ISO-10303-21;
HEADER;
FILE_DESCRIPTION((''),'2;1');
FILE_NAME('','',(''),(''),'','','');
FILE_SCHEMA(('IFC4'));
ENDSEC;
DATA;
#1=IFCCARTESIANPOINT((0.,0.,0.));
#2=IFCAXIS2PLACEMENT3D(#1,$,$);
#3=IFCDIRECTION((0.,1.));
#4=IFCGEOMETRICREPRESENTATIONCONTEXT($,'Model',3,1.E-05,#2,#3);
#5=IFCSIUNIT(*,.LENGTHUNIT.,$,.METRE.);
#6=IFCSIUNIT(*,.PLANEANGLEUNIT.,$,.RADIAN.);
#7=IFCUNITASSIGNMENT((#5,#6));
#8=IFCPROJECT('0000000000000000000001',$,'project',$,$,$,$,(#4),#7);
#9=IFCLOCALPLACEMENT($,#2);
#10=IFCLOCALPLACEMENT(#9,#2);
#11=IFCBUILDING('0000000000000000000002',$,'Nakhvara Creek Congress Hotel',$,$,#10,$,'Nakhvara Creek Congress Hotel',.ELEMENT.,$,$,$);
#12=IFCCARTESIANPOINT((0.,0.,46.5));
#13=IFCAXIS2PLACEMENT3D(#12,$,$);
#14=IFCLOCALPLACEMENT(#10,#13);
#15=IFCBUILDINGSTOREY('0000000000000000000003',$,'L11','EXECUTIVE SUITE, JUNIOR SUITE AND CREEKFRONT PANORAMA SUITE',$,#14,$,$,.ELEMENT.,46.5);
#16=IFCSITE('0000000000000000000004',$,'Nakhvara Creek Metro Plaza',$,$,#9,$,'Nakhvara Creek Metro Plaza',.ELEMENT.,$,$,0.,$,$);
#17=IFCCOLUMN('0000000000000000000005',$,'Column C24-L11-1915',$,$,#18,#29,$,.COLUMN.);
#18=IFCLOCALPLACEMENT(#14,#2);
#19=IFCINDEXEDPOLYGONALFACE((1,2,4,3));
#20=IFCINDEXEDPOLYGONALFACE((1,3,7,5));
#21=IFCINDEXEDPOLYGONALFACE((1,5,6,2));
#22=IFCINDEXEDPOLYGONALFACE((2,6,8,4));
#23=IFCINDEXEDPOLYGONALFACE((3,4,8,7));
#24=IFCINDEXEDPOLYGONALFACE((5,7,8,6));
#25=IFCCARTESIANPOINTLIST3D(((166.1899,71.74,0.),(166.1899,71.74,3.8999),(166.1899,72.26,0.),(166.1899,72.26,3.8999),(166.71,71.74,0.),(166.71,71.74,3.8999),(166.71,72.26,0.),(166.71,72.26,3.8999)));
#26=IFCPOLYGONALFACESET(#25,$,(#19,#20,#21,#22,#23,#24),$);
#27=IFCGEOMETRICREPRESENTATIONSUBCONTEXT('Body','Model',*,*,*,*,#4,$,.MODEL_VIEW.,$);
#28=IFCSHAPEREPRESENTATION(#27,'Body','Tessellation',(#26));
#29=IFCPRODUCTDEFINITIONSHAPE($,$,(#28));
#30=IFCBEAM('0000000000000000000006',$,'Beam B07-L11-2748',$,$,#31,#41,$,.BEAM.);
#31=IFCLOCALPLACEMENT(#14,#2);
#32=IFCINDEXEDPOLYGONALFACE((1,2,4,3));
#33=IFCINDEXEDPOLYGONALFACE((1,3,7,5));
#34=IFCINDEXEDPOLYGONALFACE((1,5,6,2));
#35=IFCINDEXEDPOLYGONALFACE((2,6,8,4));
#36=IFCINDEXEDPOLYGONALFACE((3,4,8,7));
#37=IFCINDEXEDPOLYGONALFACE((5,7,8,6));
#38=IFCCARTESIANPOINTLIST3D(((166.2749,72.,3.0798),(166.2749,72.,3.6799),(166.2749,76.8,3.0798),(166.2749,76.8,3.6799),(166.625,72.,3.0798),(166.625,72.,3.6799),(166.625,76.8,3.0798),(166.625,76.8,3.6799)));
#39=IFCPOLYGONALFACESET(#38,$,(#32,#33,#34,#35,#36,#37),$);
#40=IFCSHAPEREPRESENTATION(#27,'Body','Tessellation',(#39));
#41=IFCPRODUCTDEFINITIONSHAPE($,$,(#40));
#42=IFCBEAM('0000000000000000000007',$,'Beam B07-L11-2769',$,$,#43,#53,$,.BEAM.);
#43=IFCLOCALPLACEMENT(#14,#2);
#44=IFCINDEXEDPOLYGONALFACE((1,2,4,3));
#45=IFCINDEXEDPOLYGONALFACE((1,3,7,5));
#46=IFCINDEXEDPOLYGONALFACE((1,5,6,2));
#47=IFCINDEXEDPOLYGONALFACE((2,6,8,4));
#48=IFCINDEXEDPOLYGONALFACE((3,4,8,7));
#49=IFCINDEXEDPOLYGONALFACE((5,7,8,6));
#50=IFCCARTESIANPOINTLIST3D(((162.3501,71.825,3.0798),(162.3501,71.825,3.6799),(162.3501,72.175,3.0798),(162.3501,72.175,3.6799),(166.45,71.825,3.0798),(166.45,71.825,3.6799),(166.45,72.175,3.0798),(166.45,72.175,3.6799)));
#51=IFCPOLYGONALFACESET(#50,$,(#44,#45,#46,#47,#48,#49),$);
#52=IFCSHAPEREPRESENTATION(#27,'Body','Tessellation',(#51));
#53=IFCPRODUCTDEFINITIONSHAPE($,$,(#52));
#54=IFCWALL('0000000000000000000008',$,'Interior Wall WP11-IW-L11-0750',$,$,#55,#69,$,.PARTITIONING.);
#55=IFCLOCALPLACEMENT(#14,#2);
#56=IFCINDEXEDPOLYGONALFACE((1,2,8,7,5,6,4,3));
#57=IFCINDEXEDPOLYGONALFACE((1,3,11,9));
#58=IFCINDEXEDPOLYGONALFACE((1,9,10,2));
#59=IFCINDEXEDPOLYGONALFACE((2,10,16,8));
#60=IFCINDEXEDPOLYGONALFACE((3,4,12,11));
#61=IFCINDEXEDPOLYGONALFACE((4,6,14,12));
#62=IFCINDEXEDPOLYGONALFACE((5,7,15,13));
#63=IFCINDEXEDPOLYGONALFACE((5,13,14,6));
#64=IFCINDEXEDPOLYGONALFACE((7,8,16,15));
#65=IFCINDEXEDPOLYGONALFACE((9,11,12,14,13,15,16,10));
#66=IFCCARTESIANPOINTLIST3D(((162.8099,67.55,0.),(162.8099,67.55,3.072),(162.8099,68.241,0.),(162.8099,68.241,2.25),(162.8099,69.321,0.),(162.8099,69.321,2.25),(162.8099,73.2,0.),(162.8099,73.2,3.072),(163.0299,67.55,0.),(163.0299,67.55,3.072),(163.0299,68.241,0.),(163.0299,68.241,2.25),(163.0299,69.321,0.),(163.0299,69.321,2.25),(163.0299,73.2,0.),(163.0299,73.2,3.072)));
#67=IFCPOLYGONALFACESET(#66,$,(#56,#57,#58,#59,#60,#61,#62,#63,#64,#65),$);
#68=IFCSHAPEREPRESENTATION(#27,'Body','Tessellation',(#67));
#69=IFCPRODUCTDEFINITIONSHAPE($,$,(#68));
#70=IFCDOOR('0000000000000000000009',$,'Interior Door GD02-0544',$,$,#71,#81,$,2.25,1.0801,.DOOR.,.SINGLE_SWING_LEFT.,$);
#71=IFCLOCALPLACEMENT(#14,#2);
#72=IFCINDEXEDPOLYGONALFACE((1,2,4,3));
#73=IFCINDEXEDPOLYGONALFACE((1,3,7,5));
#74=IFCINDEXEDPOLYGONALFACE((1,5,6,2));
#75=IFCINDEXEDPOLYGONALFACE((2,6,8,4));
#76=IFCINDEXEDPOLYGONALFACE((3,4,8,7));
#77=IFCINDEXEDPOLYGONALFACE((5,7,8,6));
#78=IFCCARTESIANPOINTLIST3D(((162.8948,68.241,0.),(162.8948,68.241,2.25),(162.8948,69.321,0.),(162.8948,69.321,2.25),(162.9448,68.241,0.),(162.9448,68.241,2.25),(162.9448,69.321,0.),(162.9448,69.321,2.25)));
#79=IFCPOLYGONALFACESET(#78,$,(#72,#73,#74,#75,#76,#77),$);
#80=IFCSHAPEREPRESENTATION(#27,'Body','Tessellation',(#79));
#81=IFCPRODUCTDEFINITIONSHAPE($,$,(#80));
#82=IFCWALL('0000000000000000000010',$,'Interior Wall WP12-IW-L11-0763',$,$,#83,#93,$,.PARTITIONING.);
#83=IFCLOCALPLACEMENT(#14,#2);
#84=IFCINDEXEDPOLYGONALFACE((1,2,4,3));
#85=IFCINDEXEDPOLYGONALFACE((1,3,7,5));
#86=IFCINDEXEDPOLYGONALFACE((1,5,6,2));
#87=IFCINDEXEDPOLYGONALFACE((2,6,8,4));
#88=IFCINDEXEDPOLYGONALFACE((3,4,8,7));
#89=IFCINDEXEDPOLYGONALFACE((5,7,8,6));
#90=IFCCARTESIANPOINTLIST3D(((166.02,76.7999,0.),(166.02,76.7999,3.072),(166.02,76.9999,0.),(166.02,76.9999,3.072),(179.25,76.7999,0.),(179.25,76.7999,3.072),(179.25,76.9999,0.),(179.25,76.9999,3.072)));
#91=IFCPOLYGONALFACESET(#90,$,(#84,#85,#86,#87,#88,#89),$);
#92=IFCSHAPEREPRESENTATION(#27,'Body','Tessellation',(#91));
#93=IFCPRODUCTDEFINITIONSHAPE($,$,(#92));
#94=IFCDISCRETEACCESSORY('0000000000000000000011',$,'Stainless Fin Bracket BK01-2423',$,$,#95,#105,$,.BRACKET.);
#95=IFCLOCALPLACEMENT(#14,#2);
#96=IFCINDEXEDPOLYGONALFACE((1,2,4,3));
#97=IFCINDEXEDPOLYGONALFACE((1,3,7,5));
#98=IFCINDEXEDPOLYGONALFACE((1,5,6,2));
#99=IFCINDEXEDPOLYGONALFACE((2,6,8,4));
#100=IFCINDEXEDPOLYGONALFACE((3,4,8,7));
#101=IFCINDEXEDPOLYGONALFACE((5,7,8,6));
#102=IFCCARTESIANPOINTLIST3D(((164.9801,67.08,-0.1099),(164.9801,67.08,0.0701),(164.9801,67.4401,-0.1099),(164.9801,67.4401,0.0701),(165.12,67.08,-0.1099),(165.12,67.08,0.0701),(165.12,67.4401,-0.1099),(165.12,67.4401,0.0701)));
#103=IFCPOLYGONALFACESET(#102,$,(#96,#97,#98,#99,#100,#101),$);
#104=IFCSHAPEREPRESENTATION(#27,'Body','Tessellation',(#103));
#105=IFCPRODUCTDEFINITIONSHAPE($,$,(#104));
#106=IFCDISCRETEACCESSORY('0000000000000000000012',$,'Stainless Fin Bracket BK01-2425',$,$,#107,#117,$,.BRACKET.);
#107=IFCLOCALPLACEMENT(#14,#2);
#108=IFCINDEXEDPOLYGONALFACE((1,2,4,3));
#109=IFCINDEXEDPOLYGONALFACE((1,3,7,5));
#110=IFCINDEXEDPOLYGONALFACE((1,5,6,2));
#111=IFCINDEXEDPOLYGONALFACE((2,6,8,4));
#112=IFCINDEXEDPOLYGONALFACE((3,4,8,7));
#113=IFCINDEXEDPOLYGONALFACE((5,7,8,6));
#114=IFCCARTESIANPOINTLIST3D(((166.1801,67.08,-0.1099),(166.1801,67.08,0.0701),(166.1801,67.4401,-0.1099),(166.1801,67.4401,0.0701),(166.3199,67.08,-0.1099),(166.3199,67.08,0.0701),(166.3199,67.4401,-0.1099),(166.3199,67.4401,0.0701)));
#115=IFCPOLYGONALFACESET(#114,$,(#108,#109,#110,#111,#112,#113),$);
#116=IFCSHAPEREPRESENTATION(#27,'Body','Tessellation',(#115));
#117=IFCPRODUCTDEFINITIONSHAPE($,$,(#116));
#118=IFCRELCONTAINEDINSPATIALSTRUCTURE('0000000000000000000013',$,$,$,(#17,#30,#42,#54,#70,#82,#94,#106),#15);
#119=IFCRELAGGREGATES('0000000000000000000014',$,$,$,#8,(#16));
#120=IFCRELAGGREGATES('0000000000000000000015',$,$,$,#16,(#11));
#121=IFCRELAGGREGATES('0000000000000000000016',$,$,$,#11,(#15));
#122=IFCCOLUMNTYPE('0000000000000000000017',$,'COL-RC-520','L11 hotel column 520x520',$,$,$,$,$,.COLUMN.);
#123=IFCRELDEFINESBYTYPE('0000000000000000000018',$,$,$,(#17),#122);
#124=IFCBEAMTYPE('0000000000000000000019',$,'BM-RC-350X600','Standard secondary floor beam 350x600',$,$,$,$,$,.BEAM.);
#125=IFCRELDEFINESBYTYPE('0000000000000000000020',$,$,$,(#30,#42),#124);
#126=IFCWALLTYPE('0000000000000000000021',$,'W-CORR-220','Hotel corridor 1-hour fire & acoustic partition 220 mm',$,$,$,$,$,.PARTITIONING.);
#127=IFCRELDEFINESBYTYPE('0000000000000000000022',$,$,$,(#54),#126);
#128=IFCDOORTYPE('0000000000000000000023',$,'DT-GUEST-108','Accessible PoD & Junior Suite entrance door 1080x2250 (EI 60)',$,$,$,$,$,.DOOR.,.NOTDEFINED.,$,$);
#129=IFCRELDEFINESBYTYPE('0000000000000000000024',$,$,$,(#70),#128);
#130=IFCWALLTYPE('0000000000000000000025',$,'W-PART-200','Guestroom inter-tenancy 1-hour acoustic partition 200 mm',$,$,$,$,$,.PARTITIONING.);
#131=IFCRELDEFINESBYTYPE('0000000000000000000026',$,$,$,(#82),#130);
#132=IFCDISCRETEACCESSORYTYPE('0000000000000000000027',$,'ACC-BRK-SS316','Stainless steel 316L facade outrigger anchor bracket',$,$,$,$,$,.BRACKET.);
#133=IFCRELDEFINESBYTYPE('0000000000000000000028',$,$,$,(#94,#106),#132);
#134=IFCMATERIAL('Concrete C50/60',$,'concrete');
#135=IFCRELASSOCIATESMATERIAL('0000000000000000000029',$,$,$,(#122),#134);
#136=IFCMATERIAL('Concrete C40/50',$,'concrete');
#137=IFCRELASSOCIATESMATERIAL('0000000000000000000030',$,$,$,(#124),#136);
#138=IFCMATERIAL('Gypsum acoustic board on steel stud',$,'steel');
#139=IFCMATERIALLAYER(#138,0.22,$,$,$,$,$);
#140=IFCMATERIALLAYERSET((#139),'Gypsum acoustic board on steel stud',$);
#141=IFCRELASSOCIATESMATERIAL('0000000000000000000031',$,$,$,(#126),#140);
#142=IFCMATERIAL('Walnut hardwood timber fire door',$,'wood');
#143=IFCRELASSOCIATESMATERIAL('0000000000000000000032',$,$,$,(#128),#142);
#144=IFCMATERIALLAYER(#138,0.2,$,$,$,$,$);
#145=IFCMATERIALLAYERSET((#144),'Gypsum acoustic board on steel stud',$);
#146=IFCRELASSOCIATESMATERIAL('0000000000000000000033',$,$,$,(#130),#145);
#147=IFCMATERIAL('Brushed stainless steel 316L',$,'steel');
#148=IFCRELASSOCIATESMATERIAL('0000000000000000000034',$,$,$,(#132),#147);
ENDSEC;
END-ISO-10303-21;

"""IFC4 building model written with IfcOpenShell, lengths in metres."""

from ifc_helpers import new_model, si_unit, direction, frame, frame_2d, origin, origin_2d, place, context, subcontext, project, spatial, rectangle, extrude, material, layer, layer_set, material_profile, profile_set, type_object, element, fill, save


model = new_model("IFC4")

# Units and contexts
model_context = context("Model", 3, precision=1e-05, world=origin(), true_north=direction((0.0, 1.0)))
body_context = subcontext(model_context, "Body", "Model", "MODEL_VIEW")
ifc_project = project(units=[si_unit("LENGTHUNIT", "METRE"), si_unit("PLANEANGLEUNIT", "RADIAN")], contexts=[model_context])

# Site, building, storey
site_placement = place(None, origin())
site = spatial("IfcSite", under=ifc_project, at=site_placement, Name="Nakhvara Creek Metro Plaza", LongName="Nakhvara Creek Metro Plaza", CompositionType="ELEMENT", RefElevation=0.0)
building_placement = place(site_placement, origin())
building = spatial("IfcBuilding", under=site, at=building_placement, Name="Nakhvara Creek Congress Hotel", LongName="Nakhvara Creek Congress Hotel", CompositionType="ELEMENT")
storey_placement = place(building_placement, frame((0.0, 0.0, 46.5)))
storey = spatial("IfcBuildingStorey", under=building, at=storey_placement, Name="L11", Description="EXECUTIVE SUITE, JUNIOR SUITE AND CREEKFRONT PANORAMA SUITE", CompositionType="ELEMENT", Elevation=46.5)

# Column
ifc_material_1 = material(Name="Concrete C50/60", Category="concrete")
ifc_material_profile_1 = material_profile(ifc_material_1, rectangle(XDim=0.52, YDim=0.52, at=origin_2d()), Name="RC-COL 520x520", Category="LoadBearing")
ifc_profile_set_1 = profile_set([ifc_material_profile_1], Name="Concrete C50/60")
column_type = type_object("IfcColumnType", Name="COL-RC-520", Description="L11 hotel column 520x520", PredefinedType="COLUMN", material=ifc_profile_set_1)
column_placement = place(storey_placement, frame((166.45, 72.0, 0.0), z_axis=(0.0, 0.0, 1.0), x_axis=(1.0, 0.0, 0.0)))
element("IfcColumn", 1, at=column_placement, inside=storey, type_object=column_type, Name="Column C24-L11-1915", PredefinedType="COLUMN", context=body_context, shape_type="SweptSolid", body=[
    extrude(rectangle(XDim=0.52, YDim=0.52, at=origin_2d()), origin(), (0.0, 0.0, 1.0), 3.8999),
])

# Beams
ifc_material_2 = material(Name="Concrete C40/50", Category="concrete")
ifc_material_profile_2 = material_profile(ifc_material_2, rectangle(XDim=0.3501, YDim=0.6001, at=origin_2d()), Name="RC-BM 350x600", Category="LoadBearing")
ifc_profile_set_2 = profile_set([ifc_material_profile_2], Name="Concrete C40/50")
beam_type = type_object("IfcBeamType", Name="BM-RC-350X600", Description="Standard secondary floor beam 350x600", PredefinedType="BEAM", material=ifc_profile_set_2)
beam_1_placement = place(storey_placement, frame((166.45, 72.0, 3.3799), z_axis=(0.0, 1.0, 0.0), x_axis=(-1.0, 0.0, 0.0)))
element("IfcBeam", 2, at=beam_1_placement, inside=storey, type_object=beam_type, Name="Beam B07-L11-2748", PredefinedType="BEAM", context=body_context, shape_type="SweptSolid", body=[
    extrude(rectangle(XDim=0.3501, YDim=0.6001, at=origin_2d()), origin(), (0.0, 0.0, 1.0), 4.8),
])
beam_2_placement = place(storey_placement, frame((162.3501, 72.0, 3.3799), z_axis=(1.0, 0.0, 0.0), x_axis=(0.0, 1.0, 0.0)))
element("IfcBeam", 3, at=beam_2_placement, inside=storey, type_object=beam_type, Name="Beam B07-L11-2769", PredefinedType="BEAM", context=body_context, shape_type="SweptSolid", body=[
    extrude(rectangle(XDim=0.3501, YDim=0.6001, at=origin_2d()), origin(), (0.0, 0.0, 1.0), 4.0999),
])

# Wall, opening, door
ifc_material_3 = material(Name="Gypsum acoustic board on steel stud", Category="steel")
ifc_layer_1 = layer(ifc_material_3, 0.22)
ifc_layer_set_1 = layer_set([ifc_layer_1], Name="Gypsum acoustic board on steel stud")
wall_type_1 = type_object("IfcWallType", Name="W-CORR-220", Description="Hotel corridor 1-hour fire & acoustic partition 220 mm", PredefinedType="PARTITIONING", material=ifc_layer_set_1)
wall_1_placement = place(storey_placement, frame((162.9199, 67.55, 0.0), z_axis=(0.0, 0.0, 1.0), x_axis=(0.0, 1.0, 0.0)))
wall_1 = element("IfcWall", 4, at=wall_1_placement, inside=storey, type_object=wall_type_1, Name="Interior Wall WP11-IW-L11-0750", PredefinedType="PARTITIONING", context=body_context, shape_type="SweptSolid", body=[
    extrude(rectangle(XDim=5.6499, YDim=0.22, at=frame_2d((2.825, 0.0))), origin(), (0.0, 0.0, 1.0), 3.072),
])
opening_1_placement = place(wall_1_placement, frame((0.6909, 0.0, 0.0)))
opening_1 = element("IfcOpeningElement", 5, at=opening_1_placement, cuts=wall_1, PredefinedType="OPENING", context=body_context, shape_type="SweptSolid", body=[
    extrude(rectangle(XDim=1.0801, YDim=2.25, at=frame_2d((0.54, 1.125))), frame((0.0, 0.1221, 0.0), z_axis=(0.0, -1.0, 0.0), x_axis=(1.0, 0.0, 0.0)), (0.0, 0.0, 1.0), 0.2439),
])
ifc_material_4 = material(Name="Walnut hardwood timber fire door", Category="wood")
door_type_1 = type_object("IfcDoorType", Name="DT-GUEST-108", Description="Accessible PoD & Junior Suite entrance door 1080x2250 (EI 60)", OperationType="NOTDEFINED", PredefinedType="DOOR", material=ifc_material_4)
door_1_placement = place(opening_1_placement, frame((1.0801, 0.0, 0.0), z_axis=(0.0, 0.0, 1.0), x_axis=(-1.0, 0.0, 0.0)))
door_1 = element("IfcDoor", 6, at=door_1_placement, inside=storey, type_object=door_type_1, Name="Interior Door GD02-0544", OperationType="SINGLE_SWING_LEFT", OverallHeight=2.25, OverallWidth=1.0801, PredefinedType="DOOR", context=body_context, shape_type="SweptSolid", body=[
    extrude(rectangle(XDim=1.0801, YDim=2.25, at=frame_2d((0.54, 1.125))), frame((0.0, 0.0249, 0.0), z_axis=(0.0, -1.0, 0.0), x_axis=(1.0, 0.0, 0.0)), (0.0, 0.0, 1.0), 0.05),
])
fill(opening_1, door_1)

# Wall
ifc_layer_2 = layer(ifc_material_3, 0.2)
ifc_layer_set_2 = layer_set([ifc_layer_2], Name="Gypsum acoustic board on steel stud")
wall_type_2 = type_object("IfcWallType", Name="W-PART-200", Description="Guestroom inter-tenancy 1-hour acoustic partition 200 mm", PredefinedType="PARTITIONING", material=ifc_layer_set_2)
wall_2_placement = place(storey_placement, frame((166.02, 76.8999, 0.0), z_axis=(0.0, 0.0, 1.0), x_axis=(1.0, 0.0, 0.0)))
element("IfcWall", 7, at=wall_2_placement, inside=storey, type_object=wall_type_2, Name="Interior Wall WP12-IW-L11-0763", PredefinedType="PARTITIONING", context=body_context, shape_type="SweptSolid", body=[
    extrude(rectangle(XDim=13.23, YDim=0.2, at=frame_2d((6.615, 0.0))), origin(), (0.0, 0.0, 1.0), 3.072),
])

# Discrete accessories
ifc_material_5 = material(Name="Brushed stainless steel 316L", Category="steel")
discrete_accessory_type = type_object("IfcDiscreteAccessoryType", Name="ACC-BRK-SS316", Description="Stainless steel 316L facade outrigger anchor bracket", PredefinedType="BRACKET", material=ifc_material_5)
for number, where, z_axis, x_axis, name in (
    (8, (165.05, 67.26, -0.1099), (0.0, 0.0, 1.0), (1.0, 0.0, 0.0), "Stainless Fin Bracket BK01-2423"),
    (9, (166.25, 67.26, -0.1099), (0.0, 0.0, 1.0), (1.0, 0.0, 0.0), "Stainless Fin Bracket BK01-2425"),
):
    element("IfcDiscreteAccessory", number, at=place(storey_placement, frame(where, z_axis=z_axis, x_axis=x_axis)), inside=storey, type_object=discrete_accessory_type, Name=name, PredefinedType="BRACKET", context=body_context, shape_type="SweptSolid", body=[
        extrude(rectangle(XDim=0.1399, YDim=0.3601, at=origin_2d()), origin(), (0.0, 0.0, 1.0), 0.1799),
    ])

save(model, "model.ifc")
